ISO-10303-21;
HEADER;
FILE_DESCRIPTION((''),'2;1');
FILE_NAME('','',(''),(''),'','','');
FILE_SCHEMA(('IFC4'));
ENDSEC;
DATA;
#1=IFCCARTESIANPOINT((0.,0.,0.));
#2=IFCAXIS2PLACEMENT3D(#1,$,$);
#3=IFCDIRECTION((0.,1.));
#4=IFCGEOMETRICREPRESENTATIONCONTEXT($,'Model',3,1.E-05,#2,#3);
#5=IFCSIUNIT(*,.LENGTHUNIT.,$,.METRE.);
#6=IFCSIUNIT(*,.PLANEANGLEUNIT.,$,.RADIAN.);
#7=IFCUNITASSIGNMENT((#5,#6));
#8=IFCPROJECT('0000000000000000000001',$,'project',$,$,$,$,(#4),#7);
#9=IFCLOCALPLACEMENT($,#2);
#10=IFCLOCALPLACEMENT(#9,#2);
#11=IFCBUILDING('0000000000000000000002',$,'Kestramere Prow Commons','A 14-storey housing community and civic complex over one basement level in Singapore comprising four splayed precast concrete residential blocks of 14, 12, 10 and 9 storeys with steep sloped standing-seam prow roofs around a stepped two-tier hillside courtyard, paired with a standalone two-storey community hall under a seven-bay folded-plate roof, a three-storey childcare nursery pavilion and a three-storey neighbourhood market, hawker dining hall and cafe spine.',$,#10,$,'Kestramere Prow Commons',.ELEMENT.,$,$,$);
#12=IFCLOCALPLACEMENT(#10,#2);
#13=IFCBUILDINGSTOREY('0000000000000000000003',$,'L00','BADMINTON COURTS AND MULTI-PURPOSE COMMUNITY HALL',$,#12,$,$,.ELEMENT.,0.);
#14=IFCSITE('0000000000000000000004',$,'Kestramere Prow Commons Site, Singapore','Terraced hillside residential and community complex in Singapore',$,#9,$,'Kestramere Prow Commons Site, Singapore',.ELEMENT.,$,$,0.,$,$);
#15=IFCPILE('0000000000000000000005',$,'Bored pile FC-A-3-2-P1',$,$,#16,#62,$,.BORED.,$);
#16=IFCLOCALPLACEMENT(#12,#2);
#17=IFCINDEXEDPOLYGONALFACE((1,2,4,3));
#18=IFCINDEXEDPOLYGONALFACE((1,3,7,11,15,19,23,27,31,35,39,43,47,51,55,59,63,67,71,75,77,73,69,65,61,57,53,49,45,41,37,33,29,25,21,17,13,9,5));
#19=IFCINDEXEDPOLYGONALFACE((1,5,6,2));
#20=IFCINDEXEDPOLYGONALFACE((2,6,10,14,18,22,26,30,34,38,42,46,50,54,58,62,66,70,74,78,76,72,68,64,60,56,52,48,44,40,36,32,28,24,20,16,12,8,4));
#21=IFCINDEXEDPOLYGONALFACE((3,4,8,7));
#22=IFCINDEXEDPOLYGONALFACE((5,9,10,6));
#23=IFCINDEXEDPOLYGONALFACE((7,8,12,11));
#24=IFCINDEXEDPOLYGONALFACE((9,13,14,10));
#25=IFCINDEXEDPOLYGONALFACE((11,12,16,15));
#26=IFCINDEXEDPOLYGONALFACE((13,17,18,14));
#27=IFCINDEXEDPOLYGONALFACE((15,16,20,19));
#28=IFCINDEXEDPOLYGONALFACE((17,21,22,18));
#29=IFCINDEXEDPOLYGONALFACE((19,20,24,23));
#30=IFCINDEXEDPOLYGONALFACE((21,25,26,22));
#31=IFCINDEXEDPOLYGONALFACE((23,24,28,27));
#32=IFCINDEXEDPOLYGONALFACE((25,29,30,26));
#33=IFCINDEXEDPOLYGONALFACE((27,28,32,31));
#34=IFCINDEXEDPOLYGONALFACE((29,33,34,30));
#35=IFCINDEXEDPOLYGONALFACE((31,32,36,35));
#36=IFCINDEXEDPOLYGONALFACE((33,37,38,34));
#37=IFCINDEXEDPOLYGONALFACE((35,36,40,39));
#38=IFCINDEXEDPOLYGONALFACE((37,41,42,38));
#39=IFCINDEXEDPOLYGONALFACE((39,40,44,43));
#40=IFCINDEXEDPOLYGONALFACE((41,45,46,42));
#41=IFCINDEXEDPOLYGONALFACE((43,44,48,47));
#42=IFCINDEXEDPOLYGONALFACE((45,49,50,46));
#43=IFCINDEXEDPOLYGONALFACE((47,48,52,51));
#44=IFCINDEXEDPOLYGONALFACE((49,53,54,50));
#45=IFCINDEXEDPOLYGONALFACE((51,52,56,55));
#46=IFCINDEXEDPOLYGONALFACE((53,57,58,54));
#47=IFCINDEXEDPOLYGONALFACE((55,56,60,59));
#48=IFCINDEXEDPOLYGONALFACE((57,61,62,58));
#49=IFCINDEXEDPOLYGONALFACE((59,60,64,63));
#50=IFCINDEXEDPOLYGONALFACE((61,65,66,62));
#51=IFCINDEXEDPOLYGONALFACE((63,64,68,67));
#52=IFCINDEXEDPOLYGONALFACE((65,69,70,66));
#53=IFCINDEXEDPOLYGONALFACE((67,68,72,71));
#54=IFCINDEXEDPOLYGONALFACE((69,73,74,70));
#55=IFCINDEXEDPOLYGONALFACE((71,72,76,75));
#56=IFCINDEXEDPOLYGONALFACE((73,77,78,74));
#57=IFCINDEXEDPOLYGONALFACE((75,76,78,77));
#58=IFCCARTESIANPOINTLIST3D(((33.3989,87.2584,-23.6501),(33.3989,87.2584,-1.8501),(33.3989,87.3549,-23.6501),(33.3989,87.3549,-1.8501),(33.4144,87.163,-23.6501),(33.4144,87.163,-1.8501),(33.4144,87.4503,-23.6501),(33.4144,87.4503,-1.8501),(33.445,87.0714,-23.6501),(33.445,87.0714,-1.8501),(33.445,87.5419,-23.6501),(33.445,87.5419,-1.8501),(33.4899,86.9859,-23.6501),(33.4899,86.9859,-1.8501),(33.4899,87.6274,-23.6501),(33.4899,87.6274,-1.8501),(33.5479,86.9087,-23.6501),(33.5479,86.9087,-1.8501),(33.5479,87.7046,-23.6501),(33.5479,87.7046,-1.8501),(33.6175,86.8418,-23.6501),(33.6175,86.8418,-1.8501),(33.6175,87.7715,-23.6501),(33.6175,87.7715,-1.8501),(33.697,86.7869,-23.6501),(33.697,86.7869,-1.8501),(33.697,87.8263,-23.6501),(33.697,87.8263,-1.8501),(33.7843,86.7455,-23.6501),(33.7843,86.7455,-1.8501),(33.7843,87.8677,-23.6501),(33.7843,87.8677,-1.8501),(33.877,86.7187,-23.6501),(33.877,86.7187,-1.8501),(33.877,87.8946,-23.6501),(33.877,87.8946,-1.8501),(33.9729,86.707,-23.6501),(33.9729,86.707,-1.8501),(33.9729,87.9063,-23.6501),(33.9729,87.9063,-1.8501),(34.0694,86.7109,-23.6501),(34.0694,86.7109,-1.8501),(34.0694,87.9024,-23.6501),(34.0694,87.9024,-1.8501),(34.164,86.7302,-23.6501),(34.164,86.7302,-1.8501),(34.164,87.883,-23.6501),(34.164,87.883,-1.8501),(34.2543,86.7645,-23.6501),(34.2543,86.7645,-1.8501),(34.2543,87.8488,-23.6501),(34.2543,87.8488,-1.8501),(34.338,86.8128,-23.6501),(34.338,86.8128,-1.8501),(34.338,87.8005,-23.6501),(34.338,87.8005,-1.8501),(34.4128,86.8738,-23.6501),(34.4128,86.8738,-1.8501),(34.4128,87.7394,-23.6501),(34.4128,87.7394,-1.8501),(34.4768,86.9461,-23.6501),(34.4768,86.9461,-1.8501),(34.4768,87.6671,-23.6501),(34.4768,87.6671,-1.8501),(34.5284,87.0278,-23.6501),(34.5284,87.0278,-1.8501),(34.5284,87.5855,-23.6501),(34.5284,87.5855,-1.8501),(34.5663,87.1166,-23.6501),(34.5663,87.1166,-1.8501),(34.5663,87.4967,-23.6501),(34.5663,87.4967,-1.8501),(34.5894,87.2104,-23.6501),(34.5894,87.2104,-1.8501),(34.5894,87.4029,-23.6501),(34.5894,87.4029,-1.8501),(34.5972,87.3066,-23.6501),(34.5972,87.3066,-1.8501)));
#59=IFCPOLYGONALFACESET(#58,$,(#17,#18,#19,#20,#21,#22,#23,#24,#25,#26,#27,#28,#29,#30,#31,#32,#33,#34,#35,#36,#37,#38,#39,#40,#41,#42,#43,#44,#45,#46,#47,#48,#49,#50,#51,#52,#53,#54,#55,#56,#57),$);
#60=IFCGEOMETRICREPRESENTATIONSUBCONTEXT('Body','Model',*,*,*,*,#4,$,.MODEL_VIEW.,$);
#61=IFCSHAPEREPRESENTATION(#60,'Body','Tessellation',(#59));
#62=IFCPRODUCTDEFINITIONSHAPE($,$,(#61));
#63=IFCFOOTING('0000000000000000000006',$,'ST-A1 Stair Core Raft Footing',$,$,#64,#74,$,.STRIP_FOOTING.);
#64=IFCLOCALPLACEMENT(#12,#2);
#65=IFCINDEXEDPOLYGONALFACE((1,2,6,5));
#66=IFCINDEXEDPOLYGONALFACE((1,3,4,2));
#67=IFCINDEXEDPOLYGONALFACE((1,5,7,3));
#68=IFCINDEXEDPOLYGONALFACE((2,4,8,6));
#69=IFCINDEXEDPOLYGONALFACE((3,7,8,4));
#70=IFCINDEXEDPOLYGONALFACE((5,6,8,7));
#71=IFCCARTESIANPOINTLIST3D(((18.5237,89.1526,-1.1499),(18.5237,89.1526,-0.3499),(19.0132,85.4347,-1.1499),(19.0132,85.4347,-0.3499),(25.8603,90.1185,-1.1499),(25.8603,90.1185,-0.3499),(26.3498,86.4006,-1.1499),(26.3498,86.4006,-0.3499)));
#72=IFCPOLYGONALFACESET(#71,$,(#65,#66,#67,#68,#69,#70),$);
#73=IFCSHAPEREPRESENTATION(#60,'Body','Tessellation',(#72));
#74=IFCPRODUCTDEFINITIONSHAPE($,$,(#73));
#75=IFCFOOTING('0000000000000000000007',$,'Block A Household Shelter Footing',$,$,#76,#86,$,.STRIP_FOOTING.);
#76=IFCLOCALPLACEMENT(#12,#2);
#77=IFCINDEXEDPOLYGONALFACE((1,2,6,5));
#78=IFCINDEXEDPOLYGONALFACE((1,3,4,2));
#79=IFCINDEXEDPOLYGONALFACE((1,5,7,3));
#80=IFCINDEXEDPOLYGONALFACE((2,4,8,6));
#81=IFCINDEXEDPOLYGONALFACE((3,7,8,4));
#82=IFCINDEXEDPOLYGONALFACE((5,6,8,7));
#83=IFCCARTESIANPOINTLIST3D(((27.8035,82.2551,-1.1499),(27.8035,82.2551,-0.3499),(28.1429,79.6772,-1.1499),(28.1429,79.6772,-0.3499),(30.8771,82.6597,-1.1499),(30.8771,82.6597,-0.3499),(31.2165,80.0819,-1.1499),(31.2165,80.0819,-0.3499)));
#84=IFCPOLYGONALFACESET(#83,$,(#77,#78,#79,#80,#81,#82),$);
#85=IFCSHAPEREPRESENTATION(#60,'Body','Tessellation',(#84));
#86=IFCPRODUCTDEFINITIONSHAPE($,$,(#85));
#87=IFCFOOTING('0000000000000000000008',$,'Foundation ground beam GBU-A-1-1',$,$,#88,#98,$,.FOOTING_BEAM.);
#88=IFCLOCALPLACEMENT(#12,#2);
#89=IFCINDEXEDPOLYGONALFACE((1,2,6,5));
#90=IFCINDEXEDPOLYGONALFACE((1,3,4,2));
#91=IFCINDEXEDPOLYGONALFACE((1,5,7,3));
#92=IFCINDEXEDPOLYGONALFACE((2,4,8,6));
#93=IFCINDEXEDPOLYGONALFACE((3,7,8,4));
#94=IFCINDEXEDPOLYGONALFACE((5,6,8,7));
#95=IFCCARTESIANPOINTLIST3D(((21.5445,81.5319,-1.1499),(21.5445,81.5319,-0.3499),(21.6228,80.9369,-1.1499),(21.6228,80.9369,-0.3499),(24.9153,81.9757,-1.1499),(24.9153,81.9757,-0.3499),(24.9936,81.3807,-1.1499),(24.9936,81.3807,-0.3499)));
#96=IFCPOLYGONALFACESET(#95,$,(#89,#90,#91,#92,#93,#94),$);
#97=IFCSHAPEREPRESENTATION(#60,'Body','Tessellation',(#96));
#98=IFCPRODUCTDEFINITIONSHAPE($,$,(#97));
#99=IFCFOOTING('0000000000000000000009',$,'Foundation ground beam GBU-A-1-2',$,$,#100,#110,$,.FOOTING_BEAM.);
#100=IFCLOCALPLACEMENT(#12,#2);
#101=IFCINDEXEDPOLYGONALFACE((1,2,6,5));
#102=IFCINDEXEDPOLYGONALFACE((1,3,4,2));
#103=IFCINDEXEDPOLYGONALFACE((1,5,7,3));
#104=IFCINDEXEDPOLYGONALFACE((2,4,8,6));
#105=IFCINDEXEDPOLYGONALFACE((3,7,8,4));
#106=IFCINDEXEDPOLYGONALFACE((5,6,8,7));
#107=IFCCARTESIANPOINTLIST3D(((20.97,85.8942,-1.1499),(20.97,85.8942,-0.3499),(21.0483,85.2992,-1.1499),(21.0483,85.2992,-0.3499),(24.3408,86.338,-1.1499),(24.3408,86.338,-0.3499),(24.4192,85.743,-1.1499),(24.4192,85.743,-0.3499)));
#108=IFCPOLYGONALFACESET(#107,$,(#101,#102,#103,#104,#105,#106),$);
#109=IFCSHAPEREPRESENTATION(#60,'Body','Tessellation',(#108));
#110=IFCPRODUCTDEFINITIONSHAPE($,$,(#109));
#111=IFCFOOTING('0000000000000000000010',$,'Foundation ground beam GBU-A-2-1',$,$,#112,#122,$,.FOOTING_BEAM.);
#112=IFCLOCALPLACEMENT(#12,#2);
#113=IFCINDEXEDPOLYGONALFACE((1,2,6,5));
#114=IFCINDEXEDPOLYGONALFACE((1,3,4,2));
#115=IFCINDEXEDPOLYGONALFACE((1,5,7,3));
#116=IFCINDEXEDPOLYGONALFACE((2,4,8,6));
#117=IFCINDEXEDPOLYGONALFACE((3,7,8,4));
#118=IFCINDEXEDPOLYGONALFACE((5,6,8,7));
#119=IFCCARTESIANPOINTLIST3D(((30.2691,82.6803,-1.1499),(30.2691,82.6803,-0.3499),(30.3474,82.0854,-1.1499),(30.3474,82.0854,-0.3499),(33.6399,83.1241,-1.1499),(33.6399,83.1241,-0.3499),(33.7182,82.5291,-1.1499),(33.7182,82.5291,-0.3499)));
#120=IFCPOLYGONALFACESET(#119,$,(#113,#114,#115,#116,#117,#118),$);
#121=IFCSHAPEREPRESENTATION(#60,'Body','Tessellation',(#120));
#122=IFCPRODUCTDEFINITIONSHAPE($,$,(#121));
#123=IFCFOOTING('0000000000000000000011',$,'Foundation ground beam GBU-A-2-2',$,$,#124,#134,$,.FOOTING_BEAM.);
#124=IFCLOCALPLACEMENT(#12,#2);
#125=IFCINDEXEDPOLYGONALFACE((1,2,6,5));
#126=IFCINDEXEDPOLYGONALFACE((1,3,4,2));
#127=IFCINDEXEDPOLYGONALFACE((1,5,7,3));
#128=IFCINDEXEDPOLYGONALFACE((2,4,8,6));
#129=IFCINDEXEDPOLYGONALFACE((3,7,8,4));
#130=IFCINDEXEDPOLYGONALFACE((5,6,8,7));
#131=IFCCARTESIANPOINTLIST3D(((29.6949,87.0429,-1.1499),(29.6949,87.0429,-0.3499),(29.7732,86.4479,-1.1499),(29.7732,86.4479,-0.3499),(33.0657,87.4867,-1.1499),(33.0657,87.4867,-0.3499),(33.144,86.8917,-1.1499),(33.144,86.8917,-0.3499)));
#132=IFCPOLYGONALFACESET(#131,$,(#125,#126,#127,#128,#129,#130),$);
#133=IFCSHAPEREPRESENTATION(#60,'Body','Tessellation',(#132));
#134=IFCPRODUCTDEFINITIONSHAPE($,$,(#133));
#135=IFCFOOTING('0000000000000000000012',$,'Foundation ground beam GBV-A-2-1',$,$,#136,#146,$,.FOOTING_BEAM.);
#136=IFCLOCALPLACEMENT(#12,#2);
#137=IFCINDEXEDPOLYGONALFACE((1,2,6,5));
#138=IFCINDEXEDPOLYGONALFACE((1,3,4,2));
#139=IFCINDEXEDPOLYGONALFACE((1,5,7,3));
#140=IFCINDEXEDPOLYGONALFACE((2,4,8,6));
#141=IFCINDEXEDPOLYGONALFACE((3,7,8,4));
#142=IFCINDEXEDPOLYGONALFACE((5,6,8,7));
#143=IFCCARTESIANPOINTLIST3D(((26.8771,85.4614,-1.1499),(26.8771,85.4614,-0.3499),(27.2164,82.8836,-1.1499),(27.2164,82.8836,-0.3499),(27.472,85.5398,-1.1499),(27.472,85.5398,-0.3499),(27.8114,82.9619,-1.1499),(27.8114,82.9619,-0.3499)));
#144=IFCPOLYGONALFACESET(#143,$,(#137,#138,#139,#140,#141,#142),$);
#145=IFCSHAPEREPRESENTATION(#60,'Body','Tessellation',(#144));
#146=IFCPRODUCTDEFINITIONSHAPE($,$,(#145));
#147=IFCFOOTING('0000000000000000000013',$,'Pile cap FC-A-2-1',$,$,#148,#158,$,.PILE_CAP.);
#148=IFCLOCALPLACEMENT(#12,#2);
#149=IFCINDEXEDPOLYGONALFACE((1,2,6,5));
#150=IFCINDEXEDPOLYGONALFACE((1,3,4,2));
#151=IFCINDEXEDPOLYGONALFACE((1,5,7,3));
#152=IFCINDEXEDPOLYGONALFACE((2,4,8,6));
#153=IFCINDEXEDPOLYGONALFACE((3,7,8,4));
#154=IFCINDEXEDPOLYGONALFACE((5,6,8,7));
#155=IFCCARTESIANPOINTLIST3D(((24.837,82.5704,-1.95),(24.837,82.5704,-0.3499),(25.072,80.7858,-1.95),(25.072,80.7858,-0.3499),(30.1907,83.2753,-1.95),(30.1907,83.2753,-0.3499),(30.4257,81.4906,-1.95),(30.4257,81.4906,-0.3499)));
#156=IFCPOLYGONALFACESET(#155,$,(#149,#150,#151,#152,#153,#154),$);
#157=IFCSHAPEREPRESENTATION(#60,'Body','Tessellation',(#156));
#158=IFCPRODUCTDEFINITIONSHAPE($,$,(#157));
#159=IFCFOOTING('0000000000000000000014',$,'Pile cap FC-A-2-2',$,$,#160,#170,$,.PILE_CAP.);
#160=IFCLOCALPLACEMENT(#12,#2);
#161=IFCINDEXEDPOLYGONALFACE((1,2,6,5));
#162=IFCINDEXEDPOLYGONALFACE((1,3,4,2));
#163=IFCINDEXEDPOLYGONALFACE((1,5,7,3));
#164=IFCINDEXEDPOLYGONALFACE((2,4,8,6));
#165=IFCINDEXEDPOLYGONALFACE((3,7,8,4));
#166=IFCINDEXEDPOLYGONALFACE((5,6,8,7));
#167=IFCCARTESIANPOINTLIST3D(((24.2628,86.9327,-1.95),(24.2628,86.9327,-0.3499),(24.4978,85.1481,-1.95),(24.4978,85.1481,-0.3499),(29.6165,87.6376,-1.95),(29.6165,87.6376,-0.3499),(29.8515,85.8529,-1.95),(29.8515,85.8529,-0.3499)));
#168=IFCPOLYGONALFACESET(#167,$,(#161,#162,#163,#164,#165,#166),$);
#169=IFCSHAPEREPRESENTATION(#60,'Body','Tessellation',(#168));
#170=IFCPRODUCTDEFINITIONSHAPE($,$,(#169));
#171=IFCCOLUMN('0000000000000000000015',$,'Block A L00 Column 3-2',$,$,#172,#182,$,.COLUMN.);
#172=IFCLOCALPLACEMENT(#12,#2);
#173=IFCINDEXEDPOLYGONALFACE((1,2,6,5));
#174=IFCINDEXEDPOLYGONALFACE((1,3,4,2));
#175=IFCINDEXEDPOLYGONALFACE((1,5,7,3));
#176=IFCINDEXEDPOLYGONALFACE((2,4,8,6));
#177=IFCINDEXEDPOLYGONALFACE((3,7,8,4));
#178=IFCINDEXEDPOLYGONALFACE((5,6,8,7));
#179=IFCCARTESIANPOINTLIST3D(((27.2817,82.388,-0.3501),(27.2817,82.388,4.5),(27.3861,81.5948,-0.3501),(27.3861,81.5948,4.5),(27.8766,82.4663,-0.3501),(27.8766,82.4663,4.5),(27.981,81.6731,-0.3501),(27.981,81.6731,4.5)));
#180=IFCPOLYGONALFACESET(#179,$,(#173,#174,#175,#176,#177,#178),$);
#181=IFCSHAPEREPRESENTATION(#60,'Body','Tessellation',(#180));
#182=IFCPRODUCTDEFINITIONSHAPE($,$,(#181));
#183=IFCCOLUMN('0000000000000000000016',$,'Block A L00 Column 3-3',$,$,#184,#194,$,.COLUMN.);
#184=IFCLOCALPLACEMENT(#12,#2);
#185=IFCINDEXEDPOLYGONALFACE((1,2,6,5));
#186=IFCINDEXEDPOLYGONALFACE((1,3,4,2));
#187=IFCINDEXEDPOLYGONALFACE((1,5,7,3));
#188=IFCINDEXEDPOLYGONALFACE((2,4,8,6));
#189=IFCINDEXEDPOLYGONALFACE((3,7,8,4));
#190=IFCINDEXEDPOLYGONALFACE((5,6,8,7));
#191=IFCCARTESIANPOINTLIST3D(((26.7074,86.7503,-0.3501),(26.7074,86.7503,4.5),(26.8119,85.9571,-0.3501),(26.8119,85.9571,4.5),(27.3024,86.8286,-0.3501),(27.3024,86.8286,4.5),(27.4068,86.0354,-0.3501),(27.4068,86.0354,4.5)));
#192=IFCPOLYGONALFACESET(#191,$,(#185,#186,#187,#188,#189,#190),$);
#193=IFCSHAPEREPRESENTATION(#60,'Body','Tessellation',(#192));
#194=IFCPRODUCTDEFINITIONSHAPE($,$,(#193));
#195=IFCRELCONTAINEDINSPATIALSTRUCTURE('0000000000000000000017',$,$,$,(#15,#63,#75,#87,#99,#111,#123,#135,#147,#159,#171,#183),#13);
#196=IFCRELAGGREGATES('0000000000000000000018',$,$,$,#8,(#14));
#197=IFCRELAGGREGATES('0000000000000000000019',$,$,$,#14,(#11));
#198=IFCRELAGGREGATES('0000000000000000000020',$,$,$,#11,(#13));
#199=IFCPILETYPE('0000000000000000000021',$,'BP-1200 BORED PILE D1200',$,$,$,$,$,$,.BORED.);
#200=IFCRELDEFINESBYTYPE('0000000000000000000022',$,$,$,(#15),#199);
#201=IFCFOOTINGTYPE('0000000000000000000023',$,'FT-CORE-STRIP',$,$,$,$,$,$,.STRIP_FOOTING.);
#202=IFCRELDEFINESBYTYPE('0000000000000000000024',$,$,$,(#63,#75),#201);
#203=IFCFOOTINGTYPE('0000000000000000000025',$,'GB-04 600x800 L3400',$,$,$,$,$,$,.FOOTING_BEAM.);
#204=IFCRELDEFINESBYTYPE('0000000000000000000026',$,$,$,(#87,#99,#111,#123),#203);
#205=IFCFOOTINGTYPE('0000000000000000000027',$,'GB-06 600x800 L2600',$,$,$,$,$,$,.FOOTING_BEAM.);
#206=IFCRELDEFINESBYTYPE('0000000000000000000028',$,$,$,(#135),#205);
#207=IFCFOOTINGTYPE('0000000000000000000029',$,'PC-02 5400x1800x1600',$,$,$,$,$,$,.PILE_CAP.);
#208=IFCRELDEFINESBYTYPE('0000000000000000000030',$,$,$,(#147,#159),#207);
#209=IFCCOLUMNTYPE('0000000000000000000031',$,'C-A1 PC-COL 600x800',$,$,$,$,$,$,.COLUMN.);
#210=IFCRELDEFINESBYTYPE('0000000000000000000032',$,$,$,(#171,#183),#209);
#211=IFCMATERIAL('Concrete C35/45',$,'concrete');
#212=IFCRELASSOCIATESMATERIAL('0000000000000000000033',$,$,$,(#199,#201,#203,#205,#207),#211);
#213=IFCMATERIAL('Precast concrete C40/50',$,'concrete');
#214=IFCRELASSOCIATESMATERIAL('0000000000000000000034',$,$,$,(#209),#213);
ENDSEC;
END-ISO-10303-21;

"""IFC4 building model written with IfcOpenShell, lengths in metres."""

from ifc_helpers import new_model, si_unit, direction, frame, origin, origin_2d, place, context, subcontext, project, spatial, rectangle, circle, extrude, material, material_profile, profile_set, type_object, element, save


model = new_model("IFC4")

# Units and contexts
model_context = context("Model", 3, precision=1e-05, world=origin(), true_north=direction((0.0, 1.0)))
body_context = subcontext(model_context, "Body", "Model", "MODEL_VIEW")
ifc_project = project(units=[si_unit("LENGTHUNIT", "METRE"), si_unit("PLANEANGLEUNIT", "RADIAN")], contexts=[model_context])

# Site, building, storey
site_placement = place(None, origin())
site = spatial("IfcSite", under=ifc_project, at=site_placement, Name="Kestramere Prow Commons Site, Singapore", Description="Terraced hillside residential and community complex in Singapore", LongName="Kestramere Prow Commons Site, Singapore", CompositionType="ELEMENT", RefElevation=0.0)
building_placement = place(site_placement, origin())
building = spatial("IfcBuilding", under=site, at=building_placement, Name="Kestramere Prow Commons", Description="A 14-storey housing community and civic complex over one basement level in Singapore comprising four splayed precast concrete residential blocks of 14, 12, 10 and 9 storeys with steep sloped standing-seam prow roofs around a stepped two-tier hillside courtyard, paired with a standalone two-storey community hall under a seven-bay folded-plate roof, a three-storey childcare nursery pavilion and a three-storey neighbourhood market, hawker dining hall and cafe spine.", LongName="Kestramere Prow Commons", CompositionType="ELEMENT")
storey_placement = place(building_placement, origin())
storey = spatial("IfcBuildingStorey", under=building, at=storey_placement, Name="L00", Description="BADMINTON COURTS AND MULTI-PURPOSE COMMUNITY HALL", CompositionType="ELEMENT", Elevation=0.0)

# Pile
ifc_material_1 = material(Name="Concrete C35/45", Category="concrete")
ifc_material_profile_1 = material_profile(ifc_material_1, circle(Radius=0.6001, at=origin_2d()), Name="BORED PILE D1200")
ifc_profile_set_1 = profile_set([ifc_material_profile_1], Name="Concrete C35/45")
pile_type = type_object("IfcPileType", Name="BP-1200 BORED PILE D1200", PredefinedType="BORED", material=ifc_profile_set_1)
for number, where, z_axis, x_axis, name in (
    (1, (33.9971, 87.3066, -1.8501), (0.0, 0.0, -1.0), (1.0, 0.0, 0.0), "Bored pile FC-A-3-2-P1"),
):
    element("IfcPile", number, at=place(storey_placement, frame(where, z_axis=z_axis, x_axis=x_axis)), inside=storey, type_object=pile_type, Name=name, PredefinedType="BORED", context=body_context, shape_type="SweptSolid", body=[
        extrude(circle(Radius=0.6001, at=origin_2d()), origin(), (0.0, 0.0, 1.0), 21.8),
    ])

# Footings
footing_type_1 = type_object("IfcFootingType", Name="FT-CORE-STRIP", PredefinedType="STRIP_FOOTING", material=ifc_material_1)
footing_1_placement = place(storey_placement, frame((22.4368, 87.7766, -1.1499), z_axis=(0.0, 0.0, 1.0), x_axis=(0.991445, 0.130526, 0.0)))
element("IfcFooting", 2, at=footing_1_placement, inside=storey, type_object=footing_type_1, Name="ST-A1 Stair Core Raft Footing", PredefinedType="STRIP_FOOTING", context=body_context, shape_type="SweptSolid", body=[
    extrude(rectangle(XDim=7.3999, YDim=3.75, at=origin_2d()), origin(), (0.0, 0.0, 1.0), 0.8),
])
footing_2_placement = place(storey_placement, frame((29.51, 81.1685, -1.1499), z_axis=(0.0, 0.0, 1.0), x_axis=(0.991445, 0.130526, 0.0)))
element("IfcFooting", 3, at=footing_2_placement, inside=storey, type_object=footing_type_1, Name="Block A Household Shelter Footing", PredefinedType="STRIP_FOOTING", context=body_context, shape_type="SweptSolid", body=[
    extrude(rectangle(XDim=3.1001, YDim=2.6001, at=origin_2d()), origin(), (0.0, 0.0, 1.0), 0.8),
])
footing_type_2 = type_object("IfcFootingType", Name="GB-04 600x800 L3400", PredefinedType="FOOTING_BEAM", material=ifc_material_1)
for number, where, z_axis, x_axis, name in (
    (4, (23.269, 81.4563, -1.1499), (0.0, 0.0, 1.0), (0.991445, 0.130526, 0.0), "Foundation ground beam GBU-A-1-1"),
    (5, (22.6946, 85.8186, -1.1499), (0.0, 0.0, 1.0), (0.991445, 0.130526, 0.0), "Foundation ground beam GBU-A-1-2"),
    (6, (31.9937, 82.6047, -1.1499), (0.0, 0.0, 1.0), (0.991445, 0.130526, 0.0), "Foundation ground beam GBU-A-2-1"),
    (7, (31.4194, 86.9673, -1.1499), (0.0, 0.0, 1.0), (0.991445, 0.130526, 0.0), "Foundation ground beam GBU-A-2-2"),
):
    element("IfcFooting", number, at=place(storey_placement, frame(where, z_axis=z_axis, x_axis=x_axis)), inside=storey, type_object=footing_type_2, Name=name, PredefinedType="FOOTING_BEAM", context=body_context, shape_type="SweptSolid", body=[
        extrude(rectangle(XDim=3.3999, YDim=0.6001, at=origin_2d()), origin(), (0.0, 0.0, 1.0), 0.8),
    ])
footing_type_3 = type_object("IfcFootingType", Name="GB-06 600x800 L2600", PredefinedType="FOOTING_BEAM", material=ifc_material_1)
footing_3_placement = place(storey_placement, frame((27.3442, 84.2117, -1.1499), z_axis=(0.0, 0.0, 1.0), x_axis=(-0.130526, 0.991445, 0.0)))
element("IfcFooting", 8, at=footing_3_placement, inside=storey, type_object=footing_type_3, Name="Foundation ground beam GBV-A-2-1", PredefinedType="FOOTING_BEAM", context=body_context, shape_type="SweptSolid", body=[
    extrude(rectangle(XDim=2.6001, YDim=0.6001, at=origin_2d()), origin(), (0.0, 0.0, 1.0), 0.8),
])
footing_type_4 = type_object("IfcFootingType", Name="PC-02 5400x1800x1600", PredefinedType="PILE_CAP", material=ifc_material_1)
for number, where, z_axis, x_axis, name in (
    (9, (27.6313, 82.0305, -1.95), (0.0, 0.0, 1.0), (0.991445, 0.130526, 0.0), "Pile cap FC-A-2-1"),
    (10, (27.0571, 86.3928, -1.95), (0.0, 0.0, 1.0), (0.991445, 0.130526, 0.0), "Pile cap FC-A-2-2"),
):
    element("IfcFooting", number, at=place(storey_placement, frame(where, z_axis=z_axis, x_axis=x_axis)), inside=storey, type_object=footing_type_4, Name=name, PredefinedType="PILE_CAP", context=body_context, shape_type="SweptSolid", body=[
        extrude(rectangle(XDim=5.3999, YDim=1.8, at=origin_2d()), origin(), (0.0, 0.0, 1.0), 1.6001),
    ])

# Columns
ifc_material_2 = material(Name="Precast concrete C40/50", Category="concrete")
ifc_material_profile_2 = material_profile(ifc_material_2, rectangle(XDim=0.6001, YDim=0.8, at=origin_2d()), Name="PC-COL 600x800")
ifc_profile_set_2 = profile_set([ifc_material_profile_2], Name="Precast concrete C40/50")
column_type = type_object("IfcColumnType", Name="C-A1 PC-COL 600x800", PredefinedType="COLUMN", material=ifc_profile_set_2)
for number, where, z_axis, x_axis, name in (
    (11, (27.6313, 82.0305, -0.3501), (0.0, 0.0, 1.0), (0.991445, 0.130526, 0.0), "Block A L00 Column 3-2"),
    (12, (27.0571, 86.3928, -0.3501), (0.0, 0.0, 1.0), (0.991445, 0.130526, 0.0), "Block A L00 Column 3-3"),
):
    element("IfcColumn", number, at=place(storey_placement, frame(where, z_axis=z_axis, x_axis=x_axis)), inside=storey, type_object=column_type, Name=name, PredefinedType="COLUMN", context=body_context, shape_type="SweptSolid", body=[
        extrude(rectangle(XDim=0.6001, YDim=0.8, at=origin_2d()), origin(), (0.0, 0.0, 1.0), 4.8501),
    ])

save(model, "model.ifc")
